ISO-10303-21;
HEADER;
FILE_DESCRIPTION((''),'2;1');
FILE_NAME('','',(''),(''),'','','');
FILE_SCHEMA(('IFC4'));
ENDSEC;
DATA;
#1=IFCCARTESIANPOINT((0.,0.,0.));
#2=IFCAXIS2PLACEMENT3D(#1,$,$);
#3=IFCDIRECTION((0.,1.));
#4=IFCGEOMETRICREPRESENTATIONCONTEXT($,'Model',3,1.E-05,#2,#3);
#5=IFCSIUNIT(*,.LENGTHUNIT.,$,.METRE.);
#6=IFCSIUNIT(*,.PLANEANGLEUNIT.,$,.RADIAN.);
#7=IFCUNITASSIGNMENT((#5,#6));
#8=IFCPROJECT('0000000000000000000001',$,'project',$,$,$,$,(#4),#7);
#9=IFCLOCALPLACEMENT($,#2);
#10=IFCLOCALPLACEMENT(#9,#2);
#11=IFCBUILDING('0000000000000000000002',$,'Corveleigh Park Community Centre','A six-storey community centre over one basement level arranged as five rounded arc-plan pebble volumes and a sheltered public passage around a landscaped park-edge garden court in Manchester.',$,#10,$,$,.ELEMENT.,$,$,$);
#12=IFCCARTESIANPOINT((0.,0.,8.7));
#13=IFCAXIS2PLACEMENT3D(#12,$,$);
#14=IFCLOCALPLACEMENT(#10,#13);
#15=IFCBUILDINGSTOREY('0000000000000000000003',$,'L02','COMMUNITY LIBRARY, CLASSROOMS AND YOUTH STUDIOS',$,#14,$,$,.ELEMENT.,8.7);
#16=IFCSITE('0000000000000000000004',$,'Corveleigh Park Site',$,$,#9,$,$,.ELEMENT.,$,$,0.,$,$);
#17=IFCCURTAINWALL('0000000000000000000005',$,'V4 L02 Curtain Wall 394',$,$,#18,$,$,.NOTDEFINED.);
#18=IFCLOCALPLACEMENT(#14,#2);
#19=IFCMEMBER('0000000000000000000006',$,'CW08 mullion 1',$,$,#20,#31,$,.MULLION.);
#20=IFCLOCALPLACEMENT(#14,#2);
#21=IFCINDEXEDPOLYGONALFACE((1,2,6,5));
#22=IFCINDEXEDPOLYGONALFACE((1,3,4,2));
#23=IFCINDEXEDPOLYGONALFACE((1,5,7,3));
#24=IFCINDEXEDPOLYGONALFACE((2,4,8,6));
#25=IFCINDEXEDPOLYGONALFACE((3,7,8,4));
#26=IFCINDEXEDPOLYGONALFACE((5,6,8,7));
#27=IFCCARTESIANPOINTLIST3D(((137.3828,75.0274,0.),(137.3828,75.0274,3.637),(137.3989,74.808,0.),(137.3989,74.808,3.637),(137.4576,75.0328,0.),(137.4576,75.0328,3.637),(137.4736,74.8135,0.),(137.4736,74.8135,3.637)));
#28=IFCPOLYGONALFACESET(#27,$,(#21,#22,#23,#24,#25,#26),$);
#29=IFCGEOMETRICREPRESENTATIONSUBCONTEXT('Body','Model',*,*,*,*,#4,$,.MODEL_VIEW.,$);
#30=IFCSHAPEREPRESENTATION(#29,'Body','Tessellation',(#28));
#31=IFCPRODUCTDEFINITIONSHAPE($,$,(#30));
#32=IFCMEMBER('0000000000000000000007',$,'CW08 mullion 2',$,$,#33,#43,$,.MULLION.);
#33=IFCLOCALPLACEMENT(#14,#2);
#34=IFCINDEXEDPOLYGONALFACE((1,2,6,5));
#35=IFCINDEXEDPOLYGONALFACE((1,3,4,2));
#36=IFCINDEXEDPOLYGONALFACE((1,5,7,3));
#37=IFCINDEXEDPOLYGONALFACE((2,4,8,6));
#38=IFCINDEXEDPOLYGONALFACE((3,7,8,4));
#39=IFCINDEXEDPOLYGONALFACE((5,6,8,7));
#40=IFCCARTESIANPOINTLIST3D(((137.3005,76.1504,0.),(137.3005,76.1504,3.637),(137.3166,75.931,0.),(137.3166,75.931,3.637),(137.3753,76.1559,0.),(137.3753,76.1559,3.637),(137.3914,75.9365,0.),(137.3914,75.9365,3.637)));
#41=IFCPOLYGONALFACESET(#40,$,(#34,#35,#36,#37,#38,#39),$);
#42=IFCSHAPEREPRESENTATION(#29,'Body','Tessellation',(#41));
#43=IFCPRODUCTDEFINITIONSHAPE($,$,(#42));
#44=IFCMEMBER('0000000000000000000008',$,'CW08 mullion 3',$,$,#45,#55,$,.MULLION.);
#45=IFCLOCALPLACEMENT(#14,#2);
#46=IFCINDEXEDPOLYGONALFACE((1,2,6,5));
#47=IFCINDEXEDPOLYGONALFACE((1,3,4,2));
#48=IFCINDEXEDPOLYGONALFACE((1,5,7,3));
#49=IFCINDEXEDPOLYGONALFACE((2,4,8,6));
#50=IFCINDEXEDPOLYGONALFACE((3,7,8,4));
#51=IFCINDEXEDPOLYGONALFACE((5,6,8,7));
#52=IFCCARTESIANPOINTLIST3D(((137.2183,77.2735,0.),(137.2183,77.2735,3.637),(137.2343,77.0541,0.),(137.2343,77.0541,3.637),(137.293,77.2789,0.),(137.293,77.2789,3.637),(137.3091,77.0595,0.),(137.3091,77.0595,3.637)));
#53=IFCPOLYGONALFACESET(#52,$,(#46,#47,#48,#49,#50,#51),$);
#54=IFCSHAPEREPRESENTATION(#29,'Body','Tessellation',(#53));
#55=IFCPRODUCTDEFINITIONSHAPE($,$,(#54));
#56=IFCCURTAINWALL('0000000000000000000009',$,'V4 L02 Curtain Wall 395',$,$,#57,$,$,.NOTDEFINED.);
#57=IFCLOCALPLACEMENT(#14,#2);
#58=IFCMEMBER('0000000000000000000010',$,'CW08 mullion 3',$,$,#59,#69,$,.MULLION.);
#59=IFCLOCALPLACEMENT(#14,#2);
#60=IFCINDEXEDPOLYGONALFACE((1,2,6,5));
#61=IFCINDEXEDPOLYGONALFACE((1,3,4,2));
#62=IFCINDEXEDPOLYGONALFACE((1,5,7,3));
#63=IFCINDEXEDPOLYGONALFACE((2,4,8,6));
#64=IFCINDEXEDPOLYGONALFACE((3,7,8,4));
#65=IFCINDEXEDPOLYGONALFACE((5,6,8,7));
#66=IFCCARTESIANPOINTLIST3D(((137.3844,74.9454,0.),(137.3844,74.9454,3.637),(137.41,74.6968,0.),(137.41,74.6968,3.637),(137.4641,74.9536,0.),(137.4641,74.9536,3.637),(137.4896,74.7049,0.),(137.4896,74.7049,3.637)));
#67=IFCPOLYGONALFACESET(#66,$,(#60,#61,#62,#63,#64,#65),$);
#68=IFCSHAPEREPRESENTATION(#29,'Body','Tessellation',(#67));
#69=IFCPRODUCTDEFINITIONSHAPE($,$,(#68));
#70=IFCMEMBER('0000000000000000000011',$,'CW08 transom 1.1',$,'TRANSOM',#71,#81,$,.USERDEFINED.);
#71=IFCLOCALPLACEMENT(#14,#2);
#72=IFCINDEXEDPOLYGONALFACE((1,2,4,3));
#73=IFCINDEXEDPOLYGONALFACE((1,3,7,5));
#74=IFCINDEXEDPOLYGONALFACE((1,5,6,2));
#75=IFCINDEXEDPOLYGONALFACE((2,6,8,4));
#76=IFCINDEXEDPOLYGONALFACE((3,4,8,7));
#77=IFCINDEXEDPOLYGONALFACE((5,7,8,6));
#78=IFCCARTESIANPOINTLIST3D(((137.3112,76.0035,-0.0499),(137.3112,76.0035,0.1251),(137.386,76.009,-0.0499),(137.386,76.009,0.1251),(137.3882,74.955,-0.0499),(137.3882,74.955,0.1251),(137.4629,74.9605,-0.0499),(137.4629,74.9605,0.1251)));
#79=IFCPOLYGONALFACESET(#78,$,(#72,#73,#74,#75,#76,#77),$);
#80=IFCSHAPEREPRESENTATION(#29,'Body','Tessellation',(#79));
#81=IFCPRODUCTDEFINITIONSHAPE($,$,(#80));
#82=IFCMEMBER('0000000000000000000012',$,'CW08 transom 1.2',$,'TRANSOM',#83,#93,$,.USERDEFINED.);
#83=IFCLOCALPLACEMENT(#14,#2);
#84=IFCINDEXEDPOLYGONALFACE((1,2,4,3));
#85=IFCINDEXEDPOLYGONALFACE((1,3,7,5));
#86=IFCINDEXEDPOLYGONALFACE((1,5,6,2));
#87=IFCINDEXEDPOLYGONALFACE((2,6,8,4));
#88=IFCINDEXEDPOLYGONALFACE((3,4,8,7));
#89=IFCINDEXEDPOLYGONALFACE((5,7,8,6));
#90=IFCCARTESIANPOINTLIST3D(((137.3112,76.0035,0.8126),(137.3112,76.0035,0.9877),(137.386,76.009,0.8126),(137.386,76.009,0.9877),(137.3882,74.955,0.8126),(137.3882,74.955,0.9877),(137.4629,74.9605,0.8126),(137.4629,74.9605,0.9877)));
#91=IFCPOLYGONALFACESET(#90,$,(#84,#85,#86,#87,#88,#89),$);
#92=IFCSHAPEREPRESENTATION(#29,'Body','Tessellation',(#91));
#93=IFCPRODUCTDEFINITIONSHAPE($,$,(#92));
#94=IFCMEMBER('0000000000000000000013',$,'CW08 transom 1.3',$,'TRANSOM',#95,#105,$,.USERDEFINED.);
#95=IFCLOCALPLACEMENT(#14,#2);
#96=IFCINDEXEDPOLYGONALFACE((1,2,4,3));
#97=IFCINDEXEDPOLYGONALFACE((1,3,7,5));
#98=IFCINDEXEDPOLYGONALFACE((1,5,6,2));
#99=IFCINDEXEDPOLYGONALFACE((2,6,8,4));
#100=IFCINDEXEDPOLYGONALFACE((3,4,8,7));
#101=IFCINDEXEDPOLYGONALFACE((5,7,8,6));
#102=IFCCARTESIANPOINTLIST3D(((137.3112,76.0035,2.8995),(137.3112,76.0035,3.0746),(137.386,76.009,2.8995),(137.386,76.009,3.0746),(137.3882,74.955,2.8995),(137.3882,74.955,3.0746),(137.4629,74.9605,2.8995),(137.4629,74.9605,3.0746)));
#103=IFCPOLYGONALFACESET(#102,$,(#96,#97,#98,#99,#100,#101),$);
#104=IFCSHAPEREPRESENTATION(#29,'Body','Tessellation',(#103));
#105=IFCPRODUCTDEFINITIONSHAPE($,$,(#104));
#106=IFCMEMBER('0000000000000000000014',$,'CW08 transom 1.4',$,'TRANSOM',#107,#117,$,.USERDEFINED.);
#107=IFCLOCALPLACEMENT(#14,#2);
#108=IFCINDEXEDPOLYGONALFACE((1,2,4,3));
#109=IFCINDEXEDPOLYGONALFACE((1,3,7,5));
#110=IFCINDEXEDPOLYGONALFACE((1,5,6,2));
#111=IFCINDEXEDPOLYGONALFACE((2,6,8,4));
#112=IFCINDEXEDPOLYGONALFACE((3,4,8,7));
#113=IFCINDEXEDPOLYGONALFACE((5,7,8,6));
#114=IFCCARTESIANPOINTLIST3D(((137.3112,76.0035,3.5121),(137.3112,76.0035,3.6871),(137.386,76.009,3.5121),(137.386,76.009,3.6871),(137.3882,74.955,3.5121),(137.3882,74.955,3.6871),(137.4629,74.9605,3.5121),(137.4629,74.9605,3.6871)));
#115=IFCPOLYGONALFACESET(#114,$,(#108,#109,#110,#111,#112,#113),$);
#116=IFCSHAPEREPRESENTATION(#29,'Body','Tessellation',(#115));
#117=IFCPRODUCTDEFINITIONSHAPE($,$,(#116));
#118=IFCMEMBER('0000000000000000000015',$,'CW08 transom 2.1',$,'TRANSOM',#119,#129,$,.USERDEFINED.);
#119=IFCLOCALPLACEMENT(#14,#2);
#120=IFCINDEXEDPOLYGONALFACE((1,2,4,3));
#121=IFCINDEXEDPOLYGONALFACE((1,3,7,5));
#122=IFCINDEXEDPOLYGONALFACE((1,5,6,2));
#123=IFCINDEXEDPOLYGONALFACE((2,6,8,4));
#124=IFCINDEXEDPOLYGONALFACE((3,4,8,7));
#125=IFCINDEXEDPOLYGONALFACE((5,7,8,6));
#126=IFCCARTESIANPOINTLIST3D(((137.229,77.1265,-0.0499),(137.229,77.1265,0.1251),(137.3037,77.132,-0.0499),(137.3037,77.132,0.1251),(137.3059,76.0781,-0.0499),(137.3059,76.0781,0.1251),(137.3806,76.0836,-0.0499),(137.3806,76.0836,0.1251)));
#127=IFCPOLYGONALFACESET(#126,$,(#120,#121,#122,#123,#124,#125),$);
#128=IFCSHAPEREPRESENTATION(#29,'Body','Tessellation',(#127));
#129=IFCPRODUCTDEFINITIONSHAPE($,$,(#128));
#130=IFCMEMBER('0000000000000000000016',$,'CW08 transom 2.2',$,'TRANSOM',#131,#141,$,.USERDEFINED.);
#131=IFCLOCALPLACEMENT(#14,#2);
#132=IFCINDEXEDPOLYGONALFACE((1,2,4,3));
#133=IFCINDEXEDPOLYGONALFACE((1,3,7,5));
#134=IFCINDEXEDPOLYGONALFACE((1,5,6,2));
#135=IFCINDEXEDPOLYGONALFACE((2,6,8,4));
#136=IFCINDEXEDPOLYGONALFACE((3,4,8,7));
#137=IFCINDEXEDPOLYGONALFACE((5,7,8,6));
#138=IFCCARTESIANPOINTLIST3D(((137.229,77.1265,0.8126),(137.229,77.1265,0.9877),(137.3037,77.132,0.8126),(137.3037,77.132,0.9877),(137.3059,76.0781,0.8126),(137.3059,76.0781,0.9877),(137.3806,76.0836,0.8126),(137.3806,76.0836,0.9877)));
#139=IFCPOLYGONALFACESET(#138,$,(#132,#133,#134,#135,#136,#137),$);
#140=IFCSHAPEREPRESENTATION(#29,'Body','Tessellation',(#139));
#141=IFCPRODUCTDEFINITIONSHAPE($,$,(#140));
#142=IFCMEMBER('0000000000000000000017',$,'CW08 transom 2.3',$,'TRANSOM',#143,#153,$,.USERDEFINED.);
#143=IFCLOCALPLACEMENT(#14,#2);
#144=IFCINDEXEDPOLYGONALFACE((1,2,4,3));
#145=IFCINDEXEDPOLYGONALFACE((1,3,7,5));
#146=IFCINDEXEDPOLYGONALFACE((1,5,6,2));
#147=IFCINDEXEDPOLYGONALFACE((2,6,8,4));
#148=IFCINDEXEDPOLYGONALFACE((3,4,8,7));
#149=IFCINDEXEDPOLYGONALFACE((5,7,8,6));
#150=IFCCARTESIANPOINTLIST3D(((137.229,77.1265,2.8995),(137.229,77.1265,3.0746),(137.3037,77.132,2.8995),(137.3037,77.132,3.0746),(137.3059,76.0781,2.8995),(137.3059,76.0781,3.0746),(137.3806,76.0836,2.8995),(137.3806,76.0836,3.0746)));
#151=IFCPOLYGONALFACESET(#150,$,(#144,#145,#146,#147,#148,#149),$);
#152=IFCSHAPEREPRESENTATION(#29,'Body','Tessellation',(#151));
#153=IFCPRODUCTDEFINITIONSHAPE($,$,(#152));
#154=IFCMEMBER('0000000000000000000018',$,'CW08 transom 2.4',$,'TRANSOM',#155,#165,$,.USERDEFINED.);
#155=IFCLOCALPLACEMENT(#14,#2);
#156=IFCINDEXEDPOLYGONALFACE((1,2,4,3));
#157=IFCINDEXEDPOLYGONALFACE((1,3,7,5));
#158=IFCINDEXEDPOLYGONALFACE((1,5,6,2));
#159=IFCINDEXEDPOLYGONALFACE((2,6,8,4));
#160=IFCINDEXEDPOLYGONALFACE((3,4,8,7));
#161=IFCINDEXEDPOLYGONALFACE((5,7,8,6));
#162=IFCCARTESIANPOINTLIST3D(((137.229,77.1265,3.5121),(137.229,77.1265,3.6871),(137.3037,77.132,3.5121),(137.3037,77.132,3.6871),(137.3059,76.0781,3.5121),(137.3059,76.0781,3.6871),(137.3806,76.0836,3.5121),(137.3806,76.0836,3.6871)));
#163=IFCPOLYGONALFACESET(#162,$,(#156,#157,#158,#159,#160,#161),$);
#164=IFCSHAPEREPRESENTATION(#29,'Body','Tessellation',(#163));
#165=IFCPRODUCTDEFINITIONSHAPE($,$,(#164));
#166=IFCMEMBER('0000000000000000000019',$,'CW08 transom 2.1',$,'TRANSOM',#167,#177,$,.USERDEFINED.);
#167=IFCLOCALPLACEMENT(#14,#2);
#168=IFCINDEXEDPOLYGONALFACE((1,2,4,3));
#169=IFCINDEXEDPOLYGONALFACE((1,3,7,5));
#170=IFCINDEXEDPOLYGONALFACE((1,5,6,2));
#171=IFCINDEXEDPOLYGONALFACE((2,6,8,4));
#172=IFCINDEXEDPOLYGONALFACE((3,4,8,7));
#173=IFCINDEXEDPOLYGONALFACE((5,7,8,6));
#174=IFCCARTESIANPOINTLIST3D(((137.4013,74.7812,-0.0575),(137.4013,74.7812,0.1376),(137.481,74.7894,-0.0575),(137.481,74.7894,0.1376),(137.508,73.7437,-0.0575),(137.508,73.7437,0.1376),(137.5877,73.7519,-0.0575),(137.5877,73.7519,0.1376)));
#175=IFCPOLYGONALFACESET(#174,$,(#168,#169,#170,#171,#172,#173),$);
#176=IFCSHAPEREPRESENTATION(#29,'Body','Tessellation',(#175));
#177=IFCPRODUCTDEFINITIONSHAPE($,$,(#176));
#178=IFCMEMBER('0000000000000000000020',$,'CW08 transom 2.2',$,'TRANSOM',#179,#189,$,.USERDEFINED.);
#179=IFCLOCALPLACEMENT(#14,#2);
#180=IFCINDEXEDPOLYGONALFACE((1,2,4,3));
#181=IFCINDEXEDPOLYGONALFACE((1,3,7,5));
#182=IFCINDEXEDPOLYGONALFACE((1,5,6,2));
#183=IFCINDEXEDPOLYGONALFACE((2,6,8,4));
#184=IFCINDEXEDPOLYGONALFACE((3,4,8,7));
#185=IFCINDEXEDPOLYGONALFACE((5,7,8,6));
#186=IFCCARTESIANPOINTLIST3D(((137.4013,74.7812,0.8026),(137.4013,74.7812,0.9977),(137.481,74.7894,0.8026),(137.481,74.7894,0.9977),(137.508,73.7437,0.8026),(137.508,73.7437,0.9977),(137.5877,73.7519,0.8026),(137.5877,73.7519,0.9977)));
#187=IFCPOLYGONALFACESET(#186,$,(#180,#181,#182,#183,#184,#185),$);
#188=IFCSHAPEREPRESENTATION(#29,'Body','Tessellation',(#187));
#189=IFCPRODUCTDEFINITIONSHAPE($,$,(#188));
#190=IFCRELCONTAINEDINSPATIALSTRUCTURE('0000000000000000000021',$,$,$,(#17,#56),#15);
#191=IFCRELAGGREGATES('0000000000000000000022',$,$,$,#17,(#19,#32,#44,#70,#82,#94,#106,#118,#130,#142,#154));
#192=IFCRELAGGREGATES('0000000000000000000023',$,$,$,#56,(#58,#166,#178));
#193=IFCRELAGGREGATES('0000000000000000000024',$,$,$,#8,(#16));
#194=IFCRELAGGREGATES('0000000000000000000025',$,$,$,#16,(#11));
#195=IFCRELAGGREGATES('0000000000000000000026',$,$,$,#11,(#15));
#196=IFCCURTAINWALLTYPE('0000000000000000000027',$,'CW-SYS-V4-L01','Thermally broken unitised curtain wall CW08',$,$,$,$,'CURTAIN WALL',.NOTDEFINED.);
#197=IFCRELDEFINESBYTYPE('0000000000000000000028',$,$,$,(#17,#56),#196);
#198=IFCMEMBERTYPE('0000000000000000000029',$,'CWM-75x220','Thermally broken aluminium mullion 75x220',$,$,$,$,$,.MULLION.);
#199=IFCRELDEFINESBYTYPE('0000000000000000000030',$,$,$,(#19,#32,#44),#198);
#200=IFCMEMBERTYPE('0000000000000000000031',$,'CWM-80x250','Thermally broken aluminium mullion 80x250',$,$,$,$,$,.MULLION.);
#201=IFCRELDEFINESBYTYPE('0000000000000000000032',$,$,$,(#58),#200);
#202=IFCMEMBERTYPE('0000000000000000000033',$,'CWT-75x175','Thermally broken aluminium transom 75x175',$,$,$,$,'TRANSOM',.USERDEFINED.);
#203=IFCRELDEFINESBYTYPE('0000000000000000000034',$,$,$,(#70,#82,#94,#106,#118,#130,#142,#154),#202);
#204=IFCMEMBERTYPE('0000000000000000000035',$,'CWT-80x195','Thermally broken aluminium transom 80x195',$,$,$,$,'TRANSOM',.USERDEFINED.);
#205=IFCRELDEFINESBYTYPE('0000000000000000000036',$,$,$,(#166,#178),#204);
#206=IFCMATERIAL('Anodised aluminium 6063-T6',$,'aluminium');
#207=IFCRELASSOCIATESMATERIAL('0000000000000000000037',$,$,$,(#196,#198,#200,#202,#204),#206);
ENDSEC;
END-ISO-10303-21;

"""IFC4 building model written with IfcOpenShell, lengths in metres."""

from ifc_helpers import new_model, si_unit, direction, frame, origin, origin_2d, place, context, subcontext, project, spatial, rectangle, extrude, material, material_profile, profile_set, type_object, element, aggregate, save


model = new_model("IFC4")

# Units and contexts
model_context = context("Model", 3, precision=1e-05, world=origin(), true_north=direction((0.0, 1.0)))
body_context = subcontext(model_context, "Body", "Model", "MODEL_VIEW")
ifc_project = project(units=[si_unit("LENGTHUNIT", "METRE"), si_unit("PLANEANGLEUNIT", "RADIAN")], contexts=[model_context])

# Site, building, storey
site_placement = place(None, origin())
site = spatial("IfcSite", under=ifc_project, at=site_placement, Name="Corveleigh Park Site", CompositionType="ELEMENT", RefElevation=0.0)
building_placement = place(site_placement, origin())
building = spatial("IfcBuilding", under=site, at=building_placement, Name="Corveleigh Park Community Centre", Description="A six-storey community centre over one basement level arranged as five rounded arc-plan pebble volumes and a sheltered public passage around a landscaped park-edge garden court in Manchester.", CompositionType="ELEMENT")
storey_placement = place(building_placement, frame((0.0, 0.0, 8.7)))
storey = spatial("IfcBuildingStorey", under=building, at=storey_placement, Name="L02", Description="COMMUNITY LIBRARY, CLASSROOMS AND YOUTH STUDIOS", CompositionType="ELEMENT", Elevation=8.7)

# Curtain wall, members
ifc_material_1 = material(Name="Anodised aluminium 6063-T6", Category="aluminium")
curtain_wall_type = type_object("IfcCurtainWallType", Name="CW-SYS-V4-L01", Description="Thermally broken unitised curtain wall CW08", ElementType="CURTAIN WALL", PredefinedType="NOTDEFINED", material=ifc_material_1)
curtain_wall_1_placement = place(storey_placement, origin())
curtain_wall_1 = element("IfcCurtainWall", 1, at=curtain_wall_1_placement, inside=storey, type_object=curtain_wall_type, Name="V4 L02 Curtain Wall 394", PredefinedType="NOTDEFINED")
ifc_material_profile_1 = material_profile(ifc_material_1, rectangle(XDim=0.075, YDim=0.22, at=origin_2d()), Name="ALU-M75x220", Category="aluminium")
ifc_profile_set_1 = profile_set([ifc_material_profile_1], Name="Anodised aluminium 6063-T6")
member_type_1 = type_object("IfcMemberType", Name="CWM-75x220", Description="Thermally broken aluminium mullion 75x220", PredefinedType="MULLION", material=ifc_profile_set_1)
member_1_placement = place(storey_placement, frame((137.4282, 74.9204, 0.0), z_axis=(0.0, 0.0, 1.0), x_axis=(-0.997328, -0.073049, 0.0)))
member_1 = element("IfcMember", 2, at=member_1_placement, type_object=member_type_1, Name="CW08 mullion 1", PredefinedType="MULLION", context=body_context, shape_type="SweptSolid", body=[
    extrude(rectangle(XDim=0.075, YDim=0.22, at=origin_2d()), origin(), (0.0, 0.0, 1.0), 3.637),
])
member_2_placement = place(storey_placement, frame((137.3459, 76.0435, 0.0), z_axis=(0.0, 0.0, 1.0), x_axis=(-0.997328, -0.073049, 0.0)))
member_2 = element("IfcMember", 3, at=member_2_placement, type_object=member_type_1, Name="CW08 mullion 2", PredefinedType="MULLION", context=body_context, shape_type="SweptSolid", body=[
    extrude(rectangle(XDim=0.075, YDim=0.22, at=origin_2d()), origin(), (0.0, 0.0, 1.0), 3.637),
])
member_3_placement = place(storey_placement, frame((137.2637, 77.1665, 0.0), z_axis=(0.0, 0.0, 1.0), x_axis=(-0.997328, -0.073049, 0.0)))
member_3 = element("IfcMember", 4, at=member_3_placement, type_object=member_type_1, Name="CW08 mullion 3", PredefinedType="MULLION", context=body_context, shape_type="SweptSolid", body=[
    extrude(rectangle(XDim=0.075, YDim=0.22, at=origin_2d()), origin(), (0.0, 0.0, 1.0), 3.637),
])

# Curtain wall, member
curtain_wall_2_placement = place(storey_placement, origin())
curtain_wall_2 = element("IfcCurtainWall", 5, at=curtain_wall_2_placement, inside=storey, type_object=curtain_wall_type, Name="V4 L02 Curtain Wall 395", PredefinedType="NOTDEFINED")
ifc_material_profile_2 = material_profile(ifc_material_1, rectangle(XDim=0.0801, YDim=0.25, at=origin_2d()), Name="ALU-M80x250", Category="aluminium")
ifc_profile_set_2 = profile_set([ifc_material_profile_2], Name="Anodised aluminium 6063-T6")
member_type_2 = type_object("IfcMemberType", Name="CWM-80x250", Description="Thermally broken aluminium mullion 80x250", PredefinedType="MULLION", material=ifc_profile_set_2)
member_4_placement = place(storey_placement, frame((137.437, 74.8252, 0.0), z_axis=(0.0, 0.0, 1.0), x_axis=(-0.994752, -0.102312, 0.0)))
member_4 = element("IfcMember", 6, at=member_4_placement, type_object=member_type_2, Name="CW08 mullion 3", PredefinedType="MULLION", context=body_context, shape_type="SweptSolid", body=[
    extrude(rectangle(XDim=0.0801, YDim=0.25, at=origin_2d()), origin(), (0.0, 0.0, 1.0), 3.637),
])

# Members
ifc_material_profile_3 = material_profile(ifc_material_1, rectangle(XDim=0.075, YDim=0.175, at=origin_2d()), Name="ALU-T75x175", Category="aluminium")
ifc_profile_set_3 = profile_set([ifc_material_profile_3], Name="Anodised aluminium 6063-T6")
member_type_3 = type_object("IfcMemberType", Name="CWT-75x175", Description="Thermally broken aluminium transom 75x175", ElementType="TRANSOM", PredefinedType="USERDEFINED", material=ifc_profile_set_3)
member_5_placement = place(storey_placement, frame((137.4255, 74.9578, 0.0376), z_axis=(-0.073162, 0.99732, 0.0), x_axis=(-0.99732, -0.073162, 0.0)))
member_5 = element("IfcMember", 7, at=member_5_placement, type_object=member_type_3, Name="CW08 transom 1.1", ObjectType="TRANSOM", PredefinedType="USERDEFINED", context=body_context, shape_type="SweptSolid", body=[
    extrude(rectangle(XDim=0.075, YDim=0.175, at=origin_2d()), origin(), (0.0, 0.0, 1.0), 1.0513),
])
member_6_placement = place(storey_placement, frame((137.4255, 74.9578, 0.9001), z_axis=(-0.073162, 0.99732, 0.0), x_axis=(-0.99732, -0.073162, 0.0)))
member_6 = element("IfcMember", 8, at=member_6_placement, type_object=member_type_3, Name="CW08 transom 1.2", ObjectType="TRANSOM", PredefinedType="USERDEFINED", context=body_context, shape_type="SweptSolid", body=[
    extrude(rectangle(XDim=0.075, YDim=0.175, at=origin_2d()), origin(), (0.0, 0.0, 1.0), 1.0513),
])
member_7_placement = place(storey_placement, frame((137.4255, 74.9578, 2.9871), z_axis=(-0.073162, 0.99732, 0.0), x_axis=(-0.99732, -0.073162, 0.0)))
member_7 = element("IfcMember", 9, at=member_7_placement, type_object=member_type_3, Name="CW08 transom 1.3", ObjectType="TRANSOM", PredefinedType="USERDEFINED", context=body_context, shape_type="SweptSolid", body=[
    extrude(rectangle(XDim=0.075, YDim=0.175, at=origin_2d()), origin(), (0.0, 0.0, 1.0), 1.0513),
])
member_8_placement = place(storey_placement, frame((137.4255, 74.9578, 3.5996), z_axis=(-0.073162, 0.99732, 0.0), x_axis=(-0.99732, -0.073162, 0.0)))
member_8 = element("IfcMember", 10, at=member_8_placement, type_object=member_type_3, Name="CW08 transom 1.4", ObjectType="TRANSOM", PredefinedType="USERDEFINED", context=body_context, shape_type="SweptSolid", body=[
    extrude(rectangle(XDim=0.075, YDim=0.175, at=origin_2d()), origin(), (0.0, 0.0, 1.0), 1.0513),
])
member_9_placement = place(storey_placement, frame((137.3433, 76.0808, 0.0376), z_axis=(-0.073162, 0.99732, 0.0), x_axis=(-0.99732, -0.073162, 0.0)))
member_9 = element("IfcMember", 11, at=member_9_placement, type_object=member_type_3, Name="CW08 transom 2.1", ObjectType="TRANSOM", PredefinedType="USERDEFINED", context=body_context, shape_type="SweptSolid", body=[
    extrude(rectangle(XDim=0.075, YDim=0.175, at=origin_2d()), origin(), (0.0, 0.0, 1.0), 1.0513),
])
member_10_placement = place(storey_placement, frame((137.3433, 76.0808, 0.9001), z_axis=(-0.073162, 0.99732, 0.0), x_axis=(-0.99732, -0.073162, 0.0)))
member_10 = element("IfcMember", 12, at=member_10_placement, type_object=member_type_3, Name="CW08 transom 2.2", ObjectType="TRANSOM", PredefinedType="USERDEFINED", context=body_context, shape_type="SweptSolid", body=[
    extrude(rectangle(XDim=0.075, YDim=0.175, at=origin_2d()), origin(), (0.0, 0.0, 1.0), 1.0513),
])
member_11_placement = place(storey_placement, frame((137.3433, 76.0808, 2.9871), z_axis=(-0.073162, 0.99732, 0.0), x_axis=(-0.99732, -0.073162, 0.0)))
member_11 = element("IfcMember", 13, at=member_11_placement, type_object=member_type_3, Name="CW08 transom 2.3", ObjectType="TRANSOM", PredefinedType="USERDEFINED", context=body_context, shape_type="SweptSolid", body=[
    extrude(rectangle(XDim=0.075, YDim=0.175, at=origin_2d()), origin(), (0.0, 0.0, 1.0), 1.0513),
])
member_12_placement = place(storey_placement, frame((137.3433, 76.0808, 3.5996), z_axis=(-0.073162, 0.99732, 0.0), x_axis=(-0.99732, -0.073162, 0.0)))
member_12 = element("IfcMember", 14, at=member_12_placement, type_object=member_type_3, Name="CW08 transom 2.4", ObjectType="TRANSOM", PredefinedType="USERDEFINED", context=body_context, shape_type="SweptSolid", body=[
    extrude(rectangle(XDim=0.075, YDim=0.175, at=origin_2d()), origin(), (0.0, 0.0, 1.0), 1.0513),
])
ifc_material_profile_4 = material_profile(ifc_material_1, rectangle(XDim=0.0801, YDim=0.1951, at=origin_2d()), Name="ALU-T80x195", Category="aluminium")
ifc_profile_set_4 = profile_set([ifc_material_profile_4], Name="Anodised aluminium 6063-T6")
member_type_4 = type_object("IfcMemberType", Name="CWT-80x195", Description="Thermally broken aluminium transom 80x195", ElementType="TRANSOM", PredefinedType="USERDEFINED", material=ifc_profile_set_4)
member_13_placement = place(storey_placement, frame((137.5479, 73.7478, 0.04), z_axis=(-0.102284, 0.994755, 0.0), x_axis=(-0.994755, -0.102284, 0.0)))
member_13 = element("IfcMember", 15, at=member_13_placement, type_object=member_type_4, Name="CW08 transom 2.1", ObjectType="TRANSOM", PredefinedType="USERDEFINED", context=body_context, shape_type="SweptSolid", body=[
    extrude(rectangle(XDim=0.0801, YDim=0.1951, at=origin_2d()), origin(), (0.0, 0.0, 1.0), 1.043),
])
member_14_placement = place(storey_placement, frame((137.5479, 73.7478, 0.9001), z_axis=(-0.102284, 0.994755, 0.0), x_axis=(-0.994755, -0.102284, 0.0)))
member_14 = element("IfcMember", 16, at=member_14_placement, type_object=member_type_4, Name="CW08 transom 2.2", ObjectType="TRANSOM", PredefinedType="USERDEFINED", context=body_context, shape_type="SweptSolid", body=[
    extrude(rectangle(XDim=0.0801, YDim=0.1951, at=origin_2d()), origin(), (0.0, 0.0, 1.0), 1.043),
])

aggregate(curtain_wall_1, [member_1, member_2, member_3, member_5, member_6, member_7, member_8, member_9, member_10, member_11, member_12])
aggregate(curtain_wall_2, [member_4, member_13, member_14])

save(model, "model.ifc")
